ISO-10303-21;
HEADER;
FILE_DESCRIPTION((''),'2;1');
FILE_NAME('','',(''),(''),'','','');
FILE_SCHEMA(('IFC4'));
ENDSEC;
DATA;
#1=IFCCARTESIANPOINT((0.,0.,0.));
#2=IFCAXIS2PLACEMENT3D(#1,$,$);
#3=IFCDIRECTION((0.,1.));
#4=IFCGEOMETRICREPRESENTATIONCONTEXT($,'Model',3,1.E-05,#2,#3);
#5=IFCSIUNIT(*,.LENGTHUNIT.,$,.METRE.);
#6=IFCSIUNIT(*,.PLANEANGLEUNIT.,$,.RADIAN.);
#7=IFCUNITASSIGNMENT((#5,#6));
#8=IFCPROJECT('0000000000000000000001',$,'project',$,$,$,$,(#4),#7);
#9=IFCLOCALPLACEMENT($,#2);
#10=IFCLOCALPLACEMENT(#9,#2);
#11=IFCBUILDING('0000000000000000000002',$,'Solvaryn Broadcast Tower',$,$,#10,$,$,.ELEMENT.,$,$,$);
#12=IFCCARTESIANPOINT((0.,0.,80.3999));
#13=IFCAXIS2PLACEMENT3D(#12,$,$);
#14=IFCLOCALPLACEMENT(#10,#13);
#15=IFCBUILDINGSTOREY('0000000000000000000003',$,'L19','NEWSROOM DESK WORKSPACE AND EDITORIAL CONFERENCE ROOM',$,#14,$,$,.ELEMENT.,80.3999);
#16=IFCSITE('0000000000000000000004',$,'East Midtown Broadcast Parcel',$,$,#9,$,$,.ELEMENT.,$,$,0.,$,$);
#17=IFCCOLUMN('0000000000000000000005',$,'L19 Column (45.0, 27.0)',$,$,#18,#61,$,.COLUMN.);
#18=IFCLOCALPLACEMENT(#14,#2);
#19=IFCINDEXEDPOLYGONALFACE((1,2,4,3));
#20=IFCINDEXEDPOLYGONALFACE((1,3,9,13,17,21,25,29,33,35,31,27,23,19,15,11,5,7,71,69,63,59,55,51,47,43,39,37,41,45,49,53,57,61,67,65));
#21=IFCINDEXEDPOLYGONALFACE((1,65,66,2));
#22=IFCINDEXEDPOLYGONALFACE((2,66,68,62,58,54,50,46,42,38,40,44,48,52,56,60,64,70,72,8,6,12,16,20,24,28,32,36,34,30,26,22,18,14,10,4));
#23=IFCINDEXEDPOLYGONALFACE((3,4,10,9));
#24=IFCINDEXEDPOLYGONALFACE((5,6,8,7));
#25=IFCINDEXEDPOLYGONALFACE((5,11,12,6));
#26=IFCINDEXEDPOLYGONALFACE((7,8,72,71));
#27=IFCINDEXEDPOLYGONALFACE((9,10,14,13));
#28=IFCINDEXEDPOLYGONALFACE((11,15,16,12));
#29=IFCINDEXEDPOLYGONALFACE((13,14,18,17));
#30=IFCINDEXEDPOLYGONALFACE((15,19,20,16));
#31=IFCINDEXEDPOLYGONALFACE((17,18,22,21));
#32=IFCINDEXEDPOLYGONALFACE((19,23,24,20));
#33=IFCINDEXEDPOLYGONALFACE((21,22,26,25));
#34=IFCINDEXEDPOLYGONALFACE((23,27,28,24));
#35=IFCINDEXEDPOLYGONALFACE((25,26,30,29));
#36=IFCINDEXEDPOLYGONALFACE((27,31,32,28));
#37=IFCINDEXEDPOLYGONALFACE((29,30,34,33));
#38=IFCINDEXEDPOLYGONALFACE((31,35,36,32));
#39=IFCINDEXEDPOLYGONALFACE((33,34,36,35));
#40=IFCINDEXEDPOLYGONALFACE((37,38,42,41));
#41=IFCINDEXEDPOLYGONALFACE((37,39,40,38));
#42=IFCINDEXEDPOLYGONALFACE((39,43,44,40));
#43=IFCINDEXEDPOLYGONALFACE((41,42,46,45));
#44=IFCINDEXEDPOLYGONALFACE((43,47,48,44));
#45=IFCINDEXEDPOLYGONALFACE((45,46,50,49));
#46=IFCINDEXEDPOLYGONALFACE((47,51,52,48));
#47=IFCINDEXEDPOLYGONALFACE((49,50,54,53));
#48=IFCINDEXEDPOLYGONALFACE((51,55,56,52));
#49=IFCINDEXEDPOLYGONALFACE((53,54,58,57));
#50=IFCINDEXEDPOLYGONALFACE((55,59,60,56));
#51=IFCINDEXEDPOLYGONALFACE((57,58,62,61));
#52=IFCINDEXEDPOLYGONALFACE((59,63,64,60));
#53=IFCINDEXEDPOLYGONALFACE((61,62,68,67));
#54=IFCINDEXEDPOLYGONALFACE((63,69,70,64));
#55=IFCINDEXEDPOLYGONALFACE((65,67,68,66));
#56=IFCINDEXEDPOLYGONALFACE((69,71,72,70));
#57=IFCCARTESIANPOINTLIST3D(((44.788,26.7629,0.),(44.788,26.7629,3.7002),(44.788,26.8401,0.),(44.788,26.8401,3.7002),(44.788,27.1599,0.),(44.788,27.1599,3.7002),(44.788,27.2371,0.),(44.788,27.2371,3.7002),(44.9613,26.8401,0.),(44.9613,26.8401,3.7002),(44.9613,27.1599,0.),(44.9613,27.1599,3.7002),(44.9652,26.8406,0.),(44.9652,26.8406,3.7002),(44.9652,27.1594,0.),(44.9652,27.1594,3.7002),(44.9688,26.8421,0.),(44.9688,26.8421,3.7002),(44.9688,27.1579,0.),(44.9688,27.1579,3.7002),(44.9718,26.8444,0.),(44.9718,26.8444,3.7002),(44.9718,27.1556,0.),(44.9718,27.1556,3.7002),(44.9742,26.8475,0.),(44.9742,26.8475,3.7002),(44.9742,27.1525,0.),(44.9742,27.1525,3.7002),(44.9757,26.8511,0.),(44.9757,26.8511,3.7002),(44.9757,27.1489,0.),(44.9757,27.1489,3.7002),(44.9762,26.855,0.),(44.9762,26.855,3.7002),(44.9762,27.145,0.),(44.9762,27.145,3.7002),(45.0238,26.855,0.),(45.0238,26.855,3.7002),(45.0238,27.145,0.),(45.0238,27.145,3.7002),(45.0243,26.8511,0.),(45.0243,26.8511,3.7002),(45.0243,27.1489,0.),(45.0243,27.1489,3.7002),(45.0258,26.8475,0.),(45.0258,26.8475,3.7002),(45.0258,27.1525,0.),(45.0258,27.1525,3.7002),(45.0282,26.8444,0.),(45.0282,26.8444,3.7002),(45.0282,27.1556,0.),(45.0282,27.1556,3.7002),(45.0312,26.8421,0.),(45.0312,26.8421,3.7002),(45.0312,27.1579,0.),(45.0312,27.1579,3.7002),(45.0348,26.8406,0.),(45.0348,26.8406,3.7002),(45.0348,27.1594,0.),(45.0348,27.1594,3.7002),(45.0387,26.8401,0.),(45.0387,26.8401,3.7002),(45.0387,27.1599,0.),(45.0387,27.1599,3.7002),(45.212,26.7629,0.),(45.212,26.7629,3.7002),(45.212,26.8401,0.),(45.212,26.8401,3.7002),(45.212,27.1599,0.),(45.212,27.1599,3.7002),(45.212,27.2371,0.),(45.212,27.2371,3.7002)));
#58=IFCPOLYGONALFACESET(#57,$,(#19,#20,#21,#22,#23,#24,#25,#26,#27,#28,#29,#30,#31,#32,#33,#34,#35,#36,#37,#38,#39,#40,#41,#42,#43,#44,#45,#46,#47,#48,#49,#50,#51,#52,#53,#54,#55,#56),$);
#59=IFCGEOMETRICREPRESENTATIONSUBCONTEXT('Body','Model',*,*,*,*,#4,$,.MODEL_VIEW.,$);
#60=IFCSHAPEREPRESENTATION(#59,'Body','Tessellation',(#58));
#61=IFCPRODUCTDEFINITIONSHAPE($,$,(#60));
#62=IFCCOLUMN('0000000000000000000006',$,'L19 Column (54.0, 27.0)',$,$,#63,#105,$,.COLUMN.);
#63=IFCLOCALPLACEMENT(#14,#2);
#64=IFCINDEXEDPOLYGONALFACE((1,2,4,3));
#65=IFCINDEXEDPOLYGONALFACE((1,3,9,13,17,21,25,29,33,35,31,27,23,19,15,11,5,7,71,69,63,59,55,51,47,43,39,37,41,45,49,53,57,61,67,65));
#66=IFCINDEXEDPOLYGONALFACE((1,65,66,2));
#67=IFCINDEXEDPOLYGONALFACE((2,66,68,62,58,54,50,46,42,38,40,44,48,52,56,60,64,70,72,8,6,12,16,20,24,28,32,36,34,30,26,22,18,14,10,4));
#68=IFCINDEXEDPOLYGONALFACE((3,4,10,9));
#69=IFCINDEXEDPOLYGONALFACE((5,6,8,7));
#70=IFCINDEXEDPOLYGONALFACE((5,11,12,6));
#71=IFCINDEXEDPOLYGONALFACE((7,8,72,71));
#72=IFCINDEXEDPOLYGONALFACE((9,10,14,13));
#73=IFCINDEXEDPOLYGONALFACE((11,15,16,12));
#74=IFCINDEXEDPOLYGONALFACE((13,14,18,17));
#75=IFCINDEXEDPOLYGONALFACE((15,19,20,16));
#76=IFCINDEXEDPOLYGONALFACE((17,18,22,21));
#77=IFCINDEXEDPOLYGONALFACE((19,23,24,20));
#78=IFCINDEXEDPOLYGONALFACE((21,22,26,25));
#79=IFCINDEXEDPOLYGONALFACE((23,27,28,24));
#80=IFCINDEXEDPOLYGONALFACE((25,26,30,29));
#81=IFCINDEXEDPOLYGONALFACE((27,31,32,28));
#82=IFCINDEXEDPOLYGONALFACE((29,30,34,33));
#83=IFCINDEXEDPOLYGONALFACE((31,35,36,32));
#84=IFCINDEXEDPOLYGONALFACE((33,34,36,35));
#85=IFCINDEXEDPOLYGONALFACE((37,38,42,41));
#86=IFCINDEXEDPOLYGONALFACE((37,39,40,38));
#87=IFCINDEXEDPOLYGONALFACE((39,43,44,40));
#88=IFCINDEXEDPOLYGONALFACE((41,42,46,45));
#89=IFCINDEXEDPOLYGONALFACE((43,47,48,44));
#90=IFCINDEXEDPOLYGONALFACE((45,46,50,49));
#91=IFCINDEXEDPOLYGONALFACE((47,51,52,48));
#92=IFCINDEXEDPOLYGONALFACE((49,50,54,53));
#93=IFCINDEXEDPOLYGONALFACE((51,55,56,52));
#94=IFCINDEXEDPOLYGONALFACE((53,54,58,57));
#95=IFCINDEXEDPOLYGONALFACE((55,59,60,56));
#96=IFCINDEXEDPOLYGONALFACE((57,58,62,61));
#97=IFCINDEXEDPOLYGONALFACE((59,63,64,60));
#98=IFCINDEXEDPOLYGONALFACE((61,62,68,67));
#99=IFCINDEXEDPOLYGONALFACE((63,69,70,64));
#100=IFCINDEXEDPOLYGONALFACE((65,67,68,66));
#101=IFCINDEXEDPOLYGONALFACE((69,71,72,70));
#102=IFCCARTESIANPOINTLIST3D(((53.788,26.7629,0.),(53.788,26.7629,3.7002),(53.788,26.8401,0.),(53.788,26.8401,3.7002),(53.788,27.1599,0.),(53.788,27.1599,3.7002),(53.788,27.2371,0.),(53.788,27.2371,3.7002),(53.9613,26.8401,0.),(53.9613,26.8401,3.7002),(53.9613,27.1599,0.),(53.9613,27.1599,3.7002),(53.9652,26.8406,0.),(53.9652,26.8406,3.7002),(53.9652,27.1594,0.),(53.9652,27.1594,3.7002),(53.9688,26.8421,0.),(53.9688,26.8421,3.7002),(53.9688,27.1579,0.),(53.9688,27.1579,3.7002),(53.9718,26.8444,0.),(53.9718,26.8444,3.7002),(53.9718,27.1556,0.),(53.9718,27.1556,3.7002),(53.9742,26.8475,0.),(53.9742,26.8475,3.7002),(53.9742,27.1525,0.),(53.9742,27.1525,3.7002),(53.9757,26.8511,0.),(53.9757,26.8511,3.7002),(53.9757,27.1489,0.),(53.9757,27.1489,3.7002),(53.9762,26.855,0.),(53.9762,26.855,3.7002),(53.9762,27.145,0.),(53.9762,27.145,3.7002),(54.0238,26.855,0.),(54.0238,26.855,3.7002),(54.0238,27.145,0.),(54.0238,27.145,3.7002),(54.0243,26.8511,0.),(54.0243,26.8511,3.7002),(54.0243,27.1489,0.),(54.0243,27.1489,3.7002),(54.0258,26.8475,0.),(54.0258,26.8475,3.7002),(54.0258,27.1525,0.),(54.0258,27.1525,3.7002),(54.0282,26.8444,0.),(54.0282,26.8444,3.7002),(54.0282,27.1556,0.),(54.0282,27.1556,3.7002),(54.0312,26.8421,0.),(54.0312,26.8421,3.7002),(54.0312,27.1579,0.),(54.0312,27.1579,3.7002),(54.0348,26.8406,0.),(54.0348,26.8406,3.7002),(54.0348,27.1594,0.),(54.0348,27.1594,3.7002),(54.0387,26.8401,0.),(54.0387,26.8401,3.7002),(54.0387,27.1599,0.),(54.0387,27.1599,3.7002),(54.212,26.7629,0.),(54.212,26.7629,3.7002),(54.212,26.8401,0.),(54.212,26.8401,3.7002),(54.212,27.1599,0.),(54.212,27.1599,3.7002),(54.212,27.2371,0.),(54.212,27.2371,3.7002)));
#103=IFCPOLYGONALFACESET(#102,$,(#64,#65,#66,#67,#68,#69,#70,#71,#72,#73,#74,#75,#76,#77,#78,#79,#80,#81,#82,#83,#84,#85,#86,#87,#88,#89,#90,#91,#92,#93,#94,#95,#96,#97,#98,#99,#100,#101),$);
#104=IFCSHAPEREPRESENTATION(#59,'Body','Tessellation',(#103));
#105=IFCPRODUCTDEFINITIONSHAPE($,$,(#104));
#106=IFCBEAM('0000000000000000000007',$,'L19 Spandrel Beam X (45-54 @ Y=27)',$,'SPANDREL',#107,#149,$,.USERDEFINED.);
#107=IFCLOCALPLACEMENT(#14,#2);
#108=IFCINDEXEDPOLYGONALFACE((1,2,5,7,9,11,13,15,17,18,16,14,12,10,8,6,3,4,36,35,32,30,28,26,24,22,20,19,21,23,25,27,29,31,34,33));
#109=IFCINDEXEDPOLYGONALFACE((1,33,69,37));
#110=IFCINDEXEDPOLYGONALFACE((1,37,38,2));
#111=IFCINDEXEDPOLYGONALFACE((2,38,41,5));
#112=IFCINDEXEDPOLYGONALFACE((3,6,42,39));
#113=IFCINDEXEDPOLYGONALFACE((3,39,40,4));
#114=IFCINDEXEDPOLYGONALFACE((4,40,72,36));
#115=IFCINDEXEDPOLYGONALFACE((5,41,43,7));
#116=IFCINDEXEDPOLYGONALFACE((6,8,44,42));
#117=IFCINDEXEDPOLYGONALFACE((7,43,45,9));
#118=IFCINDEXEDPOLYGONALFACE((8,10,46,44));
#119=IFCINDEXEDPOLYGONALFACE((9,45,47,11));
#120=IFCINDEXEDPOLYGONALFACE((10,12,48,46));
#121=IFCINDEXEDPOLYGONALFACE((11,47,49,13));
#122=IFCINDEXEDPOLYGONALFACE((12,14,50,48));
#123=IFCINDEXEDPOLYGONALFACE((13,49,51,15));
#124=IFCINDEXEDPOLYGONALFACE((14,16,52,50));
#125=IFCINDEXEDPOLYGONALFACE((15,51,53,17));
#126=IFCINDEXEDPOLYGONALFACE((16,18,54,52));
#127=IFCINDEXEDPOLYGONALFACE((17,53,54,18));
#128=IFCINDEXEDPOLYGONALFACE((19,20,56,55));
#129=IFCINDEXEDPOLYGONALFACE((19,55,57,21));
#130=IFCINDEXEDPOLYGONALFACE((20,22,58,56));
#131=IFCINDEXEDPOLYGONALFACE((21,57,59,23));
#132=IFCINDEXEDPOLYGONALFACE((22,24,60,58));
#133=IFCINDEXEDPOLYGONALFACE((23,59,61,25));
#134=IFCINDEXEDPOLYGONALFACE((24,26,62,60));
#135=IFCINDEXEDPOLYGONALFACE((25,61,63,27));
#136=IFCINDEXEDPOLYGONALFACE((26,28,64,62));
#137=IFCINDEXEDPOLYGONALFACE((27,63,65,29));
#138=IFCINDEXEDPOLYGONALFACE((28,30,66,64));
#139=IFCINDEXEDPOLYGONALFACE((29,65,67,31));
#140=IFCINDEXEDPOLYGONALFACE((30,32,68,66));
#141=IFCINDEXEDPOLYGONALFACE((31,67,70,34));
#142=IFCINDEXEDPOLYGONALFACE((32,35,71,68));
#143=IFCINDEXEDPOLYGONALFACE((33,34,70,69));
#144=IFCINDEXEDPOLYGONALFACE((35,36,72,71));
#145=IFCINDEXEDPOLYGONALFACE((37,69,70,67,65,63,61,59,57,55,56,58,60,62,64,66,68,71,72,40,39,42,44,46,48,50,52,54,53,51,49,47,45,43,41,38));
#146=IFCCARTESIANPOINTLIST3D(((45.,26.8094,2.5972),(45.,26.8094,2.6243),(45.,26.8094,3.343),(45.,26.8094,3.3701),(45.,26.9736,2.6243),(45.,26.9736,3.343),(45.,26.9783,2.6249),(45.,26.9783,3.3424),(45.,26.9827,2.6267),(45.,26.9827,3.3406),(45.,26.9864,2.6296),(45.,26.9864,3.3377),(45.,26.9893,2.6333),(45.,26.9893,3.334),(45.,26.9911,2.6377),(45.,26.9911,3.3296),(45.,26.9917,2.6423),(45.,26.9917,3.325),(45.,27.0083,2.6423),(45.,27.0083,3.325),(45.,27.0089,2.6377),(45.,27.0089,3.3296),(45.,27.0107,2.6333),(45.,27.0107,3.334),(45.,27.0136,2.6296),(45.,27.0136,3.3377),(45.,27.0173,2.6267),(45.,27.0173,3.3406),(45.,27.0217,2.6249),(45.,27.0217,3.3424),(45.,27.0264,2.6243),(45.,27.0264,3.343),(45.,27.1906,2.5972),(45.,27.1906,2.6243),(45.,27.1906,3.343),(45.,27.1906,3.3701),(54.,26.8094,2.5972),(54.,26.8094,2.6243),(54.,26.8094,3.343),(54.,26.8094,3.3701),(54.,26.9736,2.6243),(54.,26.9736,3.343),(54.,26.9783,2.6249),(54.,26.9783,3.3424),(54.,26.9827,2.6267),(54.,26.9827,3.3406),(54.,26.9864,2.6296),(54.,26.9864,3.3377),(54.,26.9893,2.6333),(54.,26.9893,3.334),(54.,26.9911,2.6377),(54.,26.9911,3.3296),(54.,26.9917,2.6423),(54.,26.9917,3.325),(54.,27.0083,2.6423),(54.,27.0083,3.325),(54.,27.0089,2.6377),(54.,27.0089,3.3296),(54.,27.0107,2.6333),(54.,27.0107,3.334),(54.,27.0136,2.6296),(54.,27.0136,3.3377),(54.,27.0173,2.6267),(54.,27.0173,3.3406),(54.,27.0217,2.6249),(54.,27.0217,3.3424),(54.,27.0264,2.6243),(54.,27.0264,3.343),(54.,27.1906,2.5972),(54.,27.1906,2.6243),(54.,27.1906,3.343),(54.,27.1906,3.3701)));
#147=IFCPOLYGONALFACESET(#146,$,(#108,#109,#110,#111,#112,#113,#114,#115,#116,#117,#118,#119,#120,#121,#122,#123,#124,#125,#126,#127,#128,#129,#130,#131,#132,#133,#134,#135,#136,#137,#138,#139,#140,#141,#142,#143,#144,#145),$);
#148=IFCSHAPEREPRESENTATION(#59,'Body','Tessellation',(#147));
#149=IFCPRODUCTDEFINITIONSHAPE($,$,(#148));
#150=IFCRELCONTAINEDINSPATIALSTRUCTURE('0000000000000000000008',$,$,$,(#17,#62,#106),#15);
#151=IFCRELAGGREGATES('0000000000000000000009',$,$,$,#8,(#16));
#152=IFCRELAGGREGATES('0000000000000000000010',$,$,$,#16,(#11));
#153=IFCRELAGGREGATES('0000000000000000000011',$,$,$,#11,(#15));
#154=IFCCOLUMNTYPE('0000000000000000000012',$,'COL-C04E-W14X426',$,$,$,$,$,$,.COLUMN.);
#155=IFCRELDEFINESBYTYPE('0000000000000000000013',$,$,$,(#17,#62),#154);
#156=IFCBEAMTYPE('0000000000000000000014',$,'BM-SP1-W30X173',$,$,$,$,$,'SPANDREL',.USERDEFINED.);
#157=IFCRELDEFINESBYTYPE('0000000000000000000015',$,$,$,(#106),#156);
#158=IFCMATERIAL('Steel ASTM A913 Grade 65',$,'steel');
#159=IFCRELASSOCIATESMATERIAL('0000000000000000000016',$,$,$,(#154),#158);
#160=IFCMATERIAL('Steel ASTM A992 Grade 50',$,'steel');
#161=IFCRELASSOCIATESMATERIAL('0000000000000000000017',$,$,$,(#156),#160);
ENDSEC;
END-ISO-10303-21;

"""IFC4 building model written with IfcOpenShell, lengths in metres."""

from ifc_helpers import new_model, si_unit, direction, frame, origin, origin_2d, place, context, subcontext, project, spatial, i_section, extrude, material, material_profile, profile_set, type_object, element, save


model = new_model("IFC4")

# Units and contexts
model_context = context("Model", 3, precision=1e-05, world=origin(), true_north=direction((0.0, 1.0)))
body_context = subcontext(model_context, "Body", "Model", "MODEL_VIEW")
ifc_project = project(units=[si_unit("LENGTHUNIT", "METRE"), si_unit("PLANEANGLEUNIT", "RADIAN")], contexts=[model_context])

# Site, building, storey
site_placement = place(None, origin())
site = spatial("IfcSite", under=ifc_project, at=site_placement, Name="East Midtown Broadcast Parcel", CompositionType="ELEMENT", RefElevation=0.0)
building_placement = place(site_placement, origin())
building = spatial("IfcBuilding", under=site, at=building_placement, Name="Solvaryn Broadcast Tower", CompositionType="ELEMENT")
storey_placement = place(building_placement, frame((0.0, 0.0, 80.3999)))
storey = spatial("IfcBuildingStorey", under=building, at=storey_placement, Name="L19", Description="NEWSROOM DESK WORKSPACE AND EDITORIAL CONFERENCE ROOM", CompositionType="ELEMENT", Elevation=80.3999)

# Columns
ifc_material_1 = material(Name="Steel ASTM A913 Grade 65", Category="steel")
ifc_material_profile_1 = material_profile(ifc_material_1, i_section(OverallWidth=0.4241, OverallDepth=0.4741, WebThickness=0.0476, FlangeThickness=0.0771, FilletRadius=0.0149, at=origin_2d()))
ifc_profile_set_1 = profile_set([ifc_material_profile_1], Name="Steel ASTM A913 Grade 65")
column_type = type_object("IfcColumnType", Name="COL-C04E-W14X426", PredefinedType="COLUMN", material=ifc_profile_set_1)
for number, where, z_axis, x_axis, name in (
    (1, (45.0, 27.0, 0.0), (0.0, 0.0, 1.0), (1.0, 0.0, 0.0), "L19 Column (45.0, 27.0)"),
    (2, (54.0, 27.0, 0.0), (0.0, 0.0, 1.0), (1.0, 0.0, 0.0), "L19 Column (54.0, 27.0)"),
):
    element("IfcColumn", number, at=place(storey_placement, frame(where, z_axis=z_axis, x_axis=x_axis)), inside=storey, type_object=column_type, Name=name, PredefinedType="COLUMN", context=body_context, shape_type="SweptSolid", body=[
        extrude(i_section(OverallWidth=0.4241, OverallDepth=0.4741, WebThickness=0.0476, FlangeThickness=0.0771, FilletRadius=0.0149, at=origin_2d()), origin(), (0.0, 0.0, 1.0), 3.7002),
    ])

# Beam
ifc_material_2 = material(Name="Steel ASTM A992 Grade 50", Category="steel")
ifc_material_profile_2 = material_profile(ifc_material_2, i_section(OverallWidth=0.3811, OverallDepth=0.7729, WebThickness=0.0166, FlangeThickness=0.0271, FilletRadius=0.0181, at=origin_2d()))
ifc_profile_set_2 = profile_set([ifc_material_profile_2], Name="Steel ASTM A992 Grade 50")
beam_type = type_object("IfcBeamType", Name="BM-SP1-W30X173", ElementType="SPANDREL", PredefinedType="USERDEFINED", material=ifc_profile_set_2)
beam_placement = place(storey_placement, frame((45.0, 27.0, 2.9836), z_axis=(1.0, 0.0, 0.0), x_axis=(0.0, 1.0, 0.0)))
element("IfcBeam", 3, at=beam_placement, inside=storey, type_object=beam_type, Name="L19 Spandrel Beam X (45-54 @ Y=27)", ObjectType="SPANDREL", PredefinedType="USERDEFINED", context=body_context, shape_type="SweptSolid", body=[
    extrude(i_section(OverallWidth=0.3811, OverallDepth=0.7729, WebThickness=0.0166, FlangeThickness=0.0271, FilletRadius=0.0181, at=origin_2d()), origin(), (0.0, 0.0, 1.0), 9.0),
])

save(model, "model.ifc")
